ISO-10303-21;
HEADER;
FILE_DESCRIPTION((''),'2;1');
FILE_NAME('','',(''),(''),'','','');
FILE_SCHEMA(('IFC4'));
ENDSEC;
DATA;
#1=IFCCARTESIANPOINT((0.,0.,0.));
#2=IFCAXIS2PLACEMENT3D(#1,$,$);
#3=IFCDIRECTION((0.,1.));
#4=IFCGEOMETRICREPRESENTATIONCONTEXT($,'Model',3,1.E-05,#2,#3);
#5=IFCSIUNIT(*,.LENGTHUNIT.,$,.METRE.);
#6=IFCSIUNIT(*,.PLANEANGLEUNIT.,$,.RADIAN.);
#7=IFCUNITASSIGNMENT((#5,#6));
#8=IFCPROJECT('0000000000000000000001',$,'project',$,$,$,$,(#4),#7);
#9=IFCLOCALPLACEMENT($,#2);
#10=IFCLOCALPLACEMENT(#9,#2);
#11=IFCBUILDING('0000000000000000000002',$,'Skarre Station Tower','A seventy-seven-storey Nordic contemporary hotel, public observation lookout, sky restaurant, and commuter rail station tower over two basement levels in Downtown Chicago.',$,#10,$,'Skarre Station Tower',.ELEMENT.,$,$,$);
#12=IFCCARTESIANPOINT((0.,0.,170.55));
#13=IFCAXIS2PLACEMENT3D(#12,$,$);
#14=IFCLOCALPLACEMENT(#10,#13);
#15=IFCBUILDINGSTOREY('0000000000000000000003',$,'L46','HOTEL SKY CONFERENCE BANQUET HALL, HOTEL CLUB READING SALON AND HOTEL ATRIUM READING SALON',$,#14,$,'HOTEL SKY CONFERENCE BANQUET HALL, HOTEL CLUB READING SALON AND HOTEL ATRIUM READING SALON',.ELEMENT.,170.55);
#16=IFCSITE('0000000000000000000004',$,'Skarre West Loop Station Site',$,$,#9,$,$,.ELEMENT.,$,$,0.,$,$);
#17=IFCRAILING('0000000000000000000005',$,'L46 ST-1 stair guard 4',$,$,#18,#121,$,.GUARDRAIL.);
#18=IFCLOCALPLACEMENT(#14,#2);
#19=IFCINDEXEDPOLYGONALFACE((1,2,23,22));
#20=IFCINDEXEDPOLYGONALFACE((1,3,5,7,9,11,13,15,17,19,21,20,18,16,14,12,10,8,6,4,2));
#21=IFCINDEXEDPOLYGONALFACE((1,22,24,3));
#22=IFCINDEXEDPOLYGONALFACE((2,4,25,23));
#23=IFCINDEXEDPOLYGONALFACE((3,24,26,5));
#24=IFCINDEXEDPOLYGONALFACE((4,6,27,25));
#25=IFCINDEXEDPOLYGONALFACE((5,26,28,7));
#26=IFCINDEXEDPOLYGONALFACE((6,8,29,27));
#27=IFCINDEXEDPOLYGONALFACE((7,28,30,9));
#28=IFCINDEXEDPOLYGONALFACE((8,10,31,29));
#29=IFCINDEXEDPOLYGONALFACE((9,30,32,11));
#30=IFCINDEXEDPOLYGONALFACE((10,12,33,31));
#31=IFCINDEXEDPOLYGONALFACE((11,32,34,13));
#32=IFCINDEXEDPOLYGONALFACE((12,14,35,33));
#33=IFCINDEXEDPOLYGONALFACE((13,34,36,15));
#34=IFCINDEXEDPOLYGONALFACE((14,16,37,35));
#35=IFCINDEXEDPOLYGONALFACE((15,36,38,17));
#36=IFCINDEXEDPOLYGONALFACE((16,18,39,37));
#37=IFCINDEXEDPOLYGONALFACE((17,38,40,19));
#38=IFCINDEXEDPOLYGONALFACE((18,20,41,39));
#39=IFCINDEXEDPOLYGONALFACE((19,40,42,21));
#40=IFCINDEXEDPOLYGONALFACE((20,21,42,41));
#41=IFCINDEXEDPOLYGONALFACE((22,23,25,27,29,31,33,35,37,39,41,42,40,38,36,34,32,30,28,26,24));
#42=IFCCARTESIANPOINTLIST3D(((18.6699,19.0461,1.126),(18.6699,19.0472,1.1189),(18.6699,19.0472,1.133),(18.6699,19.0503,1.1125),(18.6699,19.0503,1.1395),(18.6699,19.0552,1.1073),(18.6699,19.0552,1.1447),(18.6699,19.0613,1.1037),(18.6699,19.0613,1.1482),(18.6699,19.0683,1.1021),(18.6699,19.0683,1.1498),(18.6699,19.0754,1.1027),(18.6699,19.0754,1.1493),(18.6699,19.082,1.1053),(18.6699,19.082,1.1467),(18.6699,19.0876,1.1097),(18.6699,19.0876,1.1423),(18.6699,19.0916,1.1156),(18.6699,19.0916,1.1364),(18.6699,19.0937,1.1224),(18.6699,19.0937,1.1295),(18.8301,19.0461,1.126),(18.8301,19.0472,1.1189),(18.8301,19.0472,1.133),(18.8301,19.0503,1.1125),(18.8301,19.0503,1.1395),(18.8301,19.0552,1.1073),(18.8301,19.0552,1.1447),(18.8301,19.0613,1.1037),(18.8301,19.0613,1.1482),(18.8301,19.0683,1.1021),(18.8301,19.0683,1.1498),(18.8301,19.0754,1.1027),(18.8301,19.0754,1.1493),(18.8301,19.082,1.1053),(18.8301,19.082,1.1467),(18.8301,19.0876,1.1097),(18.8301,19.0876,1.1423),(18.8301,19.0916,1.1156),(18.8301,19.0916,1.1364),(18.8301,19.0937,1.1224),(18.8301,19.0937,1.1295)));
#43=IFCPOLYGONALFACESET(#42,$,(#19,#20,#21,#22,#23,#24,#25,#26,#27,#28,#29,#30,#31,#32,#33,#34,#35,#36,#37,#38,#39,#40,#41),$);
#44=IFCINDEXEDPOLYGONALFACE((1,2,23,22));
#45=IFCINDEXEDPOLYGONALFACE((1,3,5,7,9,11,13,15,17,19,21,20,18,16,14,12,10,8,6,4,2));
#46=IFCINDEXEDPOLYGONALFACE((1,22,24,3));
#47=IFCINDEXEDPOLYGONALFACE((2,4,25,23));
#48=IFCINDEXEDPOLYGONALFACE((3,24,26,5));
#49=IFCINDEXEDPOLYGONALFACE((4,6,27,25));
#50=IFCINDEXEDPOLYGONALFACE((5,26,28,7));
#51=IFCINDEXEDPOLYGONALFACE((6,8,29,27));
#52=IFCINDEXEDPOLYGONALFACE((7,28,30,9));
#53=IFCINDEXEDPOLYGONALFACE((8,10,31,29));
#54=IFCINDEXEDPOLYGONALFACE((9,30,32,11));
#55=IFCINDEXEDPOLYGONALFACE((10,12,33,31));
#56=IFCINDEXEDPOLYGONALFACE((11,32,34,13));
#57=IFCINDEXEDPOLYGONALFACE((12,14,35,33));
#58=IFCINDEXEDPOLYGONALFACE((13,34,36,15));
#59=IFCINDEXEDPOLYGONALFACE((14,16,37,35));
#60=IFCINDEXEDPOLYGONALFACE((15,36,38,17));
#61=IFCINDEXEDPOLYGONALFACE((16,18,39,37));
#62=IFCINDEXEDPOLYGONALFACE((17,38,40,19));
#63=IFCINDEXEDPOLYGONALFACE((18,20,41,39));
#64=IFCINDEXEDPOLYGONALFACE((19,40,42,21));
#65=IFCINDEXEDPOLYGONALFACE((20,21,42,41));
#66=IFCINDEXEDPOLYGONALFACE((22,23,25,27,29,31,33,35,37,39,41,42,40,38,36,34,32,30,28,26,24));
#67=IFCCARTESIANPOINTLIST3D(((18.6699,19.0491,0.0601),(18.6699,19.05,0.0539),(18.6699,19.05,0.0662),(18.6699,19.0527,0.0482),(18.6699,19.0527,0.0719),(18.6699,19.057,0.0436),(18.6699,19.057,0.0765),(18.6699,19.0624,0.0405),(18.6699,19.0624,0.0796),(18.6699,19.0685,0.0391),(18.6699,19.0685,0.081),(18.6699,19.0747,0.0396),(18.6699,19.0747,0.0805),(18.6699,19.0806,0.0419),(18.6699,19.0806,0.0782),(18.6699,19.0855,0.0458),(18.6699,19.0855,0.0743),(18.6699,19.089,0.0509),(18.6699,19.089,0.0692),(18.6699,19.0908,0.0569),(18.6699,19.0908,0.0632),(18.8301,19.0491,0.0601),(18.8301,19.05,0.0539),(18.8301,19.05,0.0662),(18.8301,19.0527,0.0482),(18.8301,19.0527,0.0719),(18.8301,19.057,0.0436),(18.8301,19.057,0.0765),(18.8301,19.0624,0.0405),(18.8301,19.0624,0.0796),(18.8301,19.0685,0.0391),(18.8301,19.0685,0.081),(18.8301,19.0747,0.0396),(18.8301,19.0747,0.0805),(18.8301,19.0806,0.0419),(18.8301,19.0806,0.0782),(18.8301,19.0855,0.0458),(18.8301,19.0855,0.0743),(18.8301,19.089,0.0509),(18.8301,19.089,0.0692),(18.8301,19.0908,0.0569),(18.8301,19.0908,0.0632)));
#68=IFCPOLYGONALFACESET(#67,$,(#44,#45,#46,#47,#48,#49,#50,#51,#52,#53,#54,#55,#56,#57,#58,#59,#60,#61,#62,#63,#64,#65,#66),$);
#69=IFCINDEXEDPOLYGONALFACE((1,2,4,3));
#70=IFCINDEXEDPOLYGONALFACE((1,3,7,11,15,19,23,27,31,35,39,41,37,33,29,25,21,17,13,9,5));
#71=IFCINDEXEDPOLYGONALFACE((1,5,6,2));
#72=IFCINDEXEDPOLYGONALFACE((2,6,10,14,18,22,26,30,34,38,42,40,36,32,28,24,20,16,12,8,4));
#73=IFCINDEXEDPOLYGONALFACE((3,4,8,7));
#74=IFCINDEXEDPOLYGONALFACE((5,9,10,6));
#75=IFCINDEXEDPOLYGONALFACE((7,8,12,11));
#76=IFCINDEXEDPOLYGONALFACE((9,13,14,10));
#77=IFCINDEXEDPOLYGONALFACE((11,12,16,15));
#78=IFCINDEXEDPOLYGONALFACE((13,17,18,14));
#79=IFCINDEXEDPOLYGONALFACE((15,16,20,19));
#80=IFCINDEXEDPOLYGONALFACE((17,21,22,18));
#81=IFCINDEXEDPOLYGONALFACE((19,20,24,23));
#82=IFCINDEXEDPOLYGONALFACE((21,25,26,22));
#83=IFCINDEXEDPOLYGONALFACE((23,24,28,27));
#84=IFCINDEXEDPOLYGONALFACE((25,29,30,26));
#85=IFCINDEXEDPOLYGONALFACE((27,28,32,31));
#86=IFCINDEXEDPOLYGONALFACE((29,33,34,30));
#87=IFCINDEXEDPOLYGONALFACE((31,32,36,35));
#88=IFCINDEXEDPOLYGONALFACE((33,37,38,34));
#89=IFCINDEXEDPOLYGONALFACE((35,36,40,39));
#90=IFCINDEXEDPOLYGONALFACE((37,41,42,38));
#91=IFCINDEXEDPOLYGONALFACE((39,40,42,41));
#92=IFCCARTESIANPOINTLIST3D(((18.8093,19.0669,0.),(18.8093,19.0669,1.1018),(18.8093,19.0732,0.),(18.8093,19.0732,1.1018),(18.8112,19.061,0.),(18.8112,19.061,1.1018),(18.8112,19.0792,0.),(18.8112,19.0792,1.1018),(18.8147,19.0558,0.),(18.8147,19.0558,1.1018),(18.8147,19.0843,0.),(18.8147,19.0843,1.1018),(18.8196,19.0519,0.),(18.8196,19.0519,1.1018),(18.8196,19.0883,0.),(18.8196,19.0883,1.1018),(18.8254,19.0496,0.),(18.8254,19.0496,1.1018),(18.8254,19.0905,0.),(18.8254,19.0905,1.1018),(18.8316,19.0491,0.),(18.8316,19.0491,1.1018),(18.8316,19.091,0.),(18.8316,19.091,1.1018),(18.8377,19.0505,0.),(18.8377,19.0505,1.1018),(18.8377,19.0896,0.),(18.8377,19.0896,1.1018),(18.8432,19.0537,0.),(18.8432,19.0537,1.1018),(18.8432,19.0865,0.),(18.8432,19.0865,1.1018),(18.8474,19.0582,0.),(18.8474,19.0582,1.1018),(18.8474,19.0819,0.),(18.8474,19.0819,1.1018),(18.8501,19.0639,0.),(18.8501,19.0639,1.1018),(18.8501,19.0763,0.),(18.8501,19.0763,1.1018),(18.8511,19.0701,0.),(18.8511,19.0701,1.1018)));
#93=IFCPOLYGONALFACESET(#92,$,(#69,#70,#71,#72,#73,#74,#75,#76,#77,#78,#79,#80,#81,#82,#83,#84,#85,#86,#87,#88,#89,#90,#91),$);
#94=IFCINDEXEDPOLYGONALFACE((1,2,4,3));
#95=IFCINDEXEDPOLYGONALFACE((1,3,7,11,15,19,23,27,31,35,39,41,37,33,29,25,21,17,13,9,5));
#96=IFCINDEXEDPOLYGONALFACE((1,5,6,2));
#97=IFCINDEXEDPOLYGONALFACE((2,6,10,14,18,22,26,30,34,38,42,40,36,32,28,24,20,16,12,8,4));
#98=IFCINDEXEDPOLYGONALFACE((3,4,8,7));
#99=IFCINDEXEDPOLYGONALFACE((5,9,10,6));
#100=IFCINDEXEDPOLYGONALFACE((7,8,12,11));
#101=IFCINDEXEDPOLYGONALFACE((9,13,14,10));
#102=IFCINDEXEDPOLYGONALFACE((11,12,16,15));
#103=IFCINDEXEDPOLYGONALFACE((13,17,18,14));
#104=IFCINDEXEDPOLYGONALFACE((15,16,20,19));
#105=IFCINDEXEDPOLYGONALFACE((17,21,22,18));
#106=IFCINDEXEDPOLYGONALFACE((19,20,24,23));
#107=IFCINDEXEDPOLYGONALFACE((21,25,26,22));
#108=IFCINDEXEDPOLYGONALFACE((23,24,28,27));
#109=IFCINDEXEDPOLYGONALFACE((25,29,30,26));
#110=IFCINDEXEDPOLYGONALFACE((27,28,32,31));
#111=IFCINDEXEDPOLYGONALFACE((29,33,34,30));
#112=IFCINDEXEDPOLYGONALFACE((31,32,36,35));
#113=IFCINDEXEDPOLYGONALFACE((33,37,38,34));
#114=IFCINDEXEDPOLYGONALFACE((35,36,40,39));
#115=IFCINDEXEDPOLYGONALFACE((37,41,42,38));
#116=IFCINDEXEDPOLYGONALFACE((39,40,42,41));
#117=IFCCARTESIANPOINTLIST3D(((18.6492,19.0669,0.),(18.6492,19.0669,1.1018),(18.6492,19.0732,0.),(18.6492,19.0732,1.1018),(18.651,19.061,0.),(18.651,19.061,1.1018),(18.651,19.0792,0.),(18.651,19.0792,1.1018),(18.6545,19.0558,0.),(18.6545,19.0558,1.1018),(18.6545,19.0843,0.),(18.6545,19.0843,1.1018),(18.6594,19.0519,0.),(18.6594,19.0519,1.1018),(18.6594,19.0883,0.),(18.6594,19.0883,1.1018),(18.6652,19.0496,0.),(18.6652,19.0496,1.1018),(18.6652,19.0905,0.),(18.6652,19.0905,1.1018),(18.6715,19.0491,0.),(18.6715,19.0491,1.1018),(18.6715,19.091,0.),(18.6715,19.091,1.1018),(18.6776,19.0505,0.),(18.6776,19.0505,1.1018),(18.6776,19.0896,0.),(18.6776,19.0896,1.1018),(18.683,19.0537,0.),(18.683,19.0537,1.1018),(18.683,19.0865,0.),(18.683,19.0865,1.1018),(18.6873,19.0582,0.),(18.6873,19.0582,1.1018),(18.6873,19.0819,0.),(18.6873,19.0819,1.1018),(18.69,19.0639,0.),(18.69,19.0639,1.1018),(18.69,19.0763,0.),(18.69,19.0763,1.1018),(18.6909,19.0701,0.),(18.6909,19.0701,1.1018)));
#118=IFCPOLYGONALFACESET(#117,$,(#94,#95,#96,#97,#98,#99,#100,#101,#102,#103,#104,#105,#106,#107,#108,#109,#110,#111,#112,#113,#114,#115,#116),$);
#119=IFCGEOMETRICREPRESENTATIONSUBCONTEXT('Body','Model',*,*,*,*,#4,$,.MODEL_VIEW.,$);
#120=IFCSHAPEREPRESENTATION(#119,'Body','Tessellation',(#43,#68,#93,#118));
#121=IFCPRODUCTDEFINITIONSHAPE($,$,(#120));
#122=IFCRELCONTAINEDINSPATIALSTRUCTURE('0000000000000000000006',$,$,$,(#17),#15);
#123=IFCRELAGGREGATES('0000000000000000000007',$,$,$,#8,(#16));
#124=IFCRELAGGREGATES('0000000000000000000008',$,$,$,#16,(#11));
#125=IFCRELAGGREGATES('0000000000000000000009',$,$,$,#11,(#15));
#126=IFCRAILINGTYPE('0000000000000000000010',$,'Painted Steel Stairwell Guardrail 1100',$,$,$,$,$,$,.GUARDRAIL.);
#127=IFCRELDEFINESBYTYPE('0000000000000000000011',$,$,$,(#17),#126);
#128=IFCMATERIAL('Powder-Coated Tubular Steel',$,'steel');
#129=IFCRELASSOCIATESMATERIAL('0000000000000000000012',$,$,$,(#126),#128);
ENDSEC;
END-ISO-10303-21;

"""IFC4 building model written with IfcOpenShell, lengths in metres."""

from ifc_helpers import new_model, si_unit, direction, frame, origin, origin_2d, place, context, subcontext, project, spatial, circle, extrude, material, type_object, element, save


model = new_model("IFC4")

# Units and contexts
model_context = context("Model", 3, precision=1e-05, world=origin(), true_north=direction((0.0, 1.0)))
body_context = subcontext(model_context, "Body", "Model", "MODEL_VIEW")
ifc_project = project(units=[si_unit("LENGTHUNIT", "METRE"), si_unit("PLANEANGLEUNIT", "RADIAN")], contexts=[model_context])

# Site, building, storey
site_placement = place(None, origin())
site = spatial("IfcSite", under=ifc_project, at=site_placement, Name="Skarre West Loop Station Site", CompositionType="ELEMENT", RefElevation=0.0)
building_placement = place(site_placement, origin())
building = spatial("IfcBuilding", under=site, at=building_placement, Name="Skarre Station Tower", Description="A seventy-seven-storey Nordic contemporary hotel, public observation lookout, sky restaurant, and commuter rail station tower over two basement levels in Downtown Chicago.", LongName="Skarre Station Tower", CompositionType="ELEMENT")
storey_placement = place(building_placement, frame((0.0, 0.0, 170.55)))
storey = spatial("IfcBuildingStorey", under=building, at=storey_placement, Name="L46", Description="HOTEL SKY CONFERENCE BANQUET HALL, HOTEL CLUB READING SALON AND HOTEL ATRIUM READING SALON", LongName="HOTEL SKY CONFERENCE BANQUET HALL, HOTEL CLUB READING SALON AND HOTEL ATRIUM READING SALON", CompositionType="ELEMENT", Elevation=170.55)

# Railing
ifc_material_1 = material(Name="Powder-Coated Tubular Steel", Category="steel")
railing_type = type_object("IfcRailingType", Name="Painted Steel Stairwell Guardrail 1100", PredefinedType="GUARDRAIL", material=ifc_material_1)
railing_1_placement = place(storey_placement, frame((18.8301, 19.0701, 0.0)))
element("IfcRailing", 1, at=railing_1_placement, inside=storey, type_object=railing_type, Name="L46 ST-1 stair guard 4", PredefinedType="GUARDRAIL", context=body_context, shape_type="SweptSolid", body=[
    extrude(circle(Radius=0.0239, at=origin_2d()), frame((0.0, 0.0, 1.126), z_axis=(-1.0, 0.0, 0.0), x_axis=(0.0, -1.0, 0.0)), (0.0, 0.0, 1.0), 0.1602),
    extrude(circle(Radius=0.021, at=origin_2d()), frame((0.0, 0.0, 0.0601), z_axis=(-1.0, 0.0, 0.0), x_axis=(0.0, -1.0, 0.0)), (0.0, 0.0, 1.0), 0.1602),
    extrude(circle(Radius=0.021, at=origin_2d()), origin(), (0.0, 0.0, 1.0), 1.1018),
    extrude(circle(Radius=0.021, at=origin_2d()), frame((-0.1602, 0.0, 0.0)), (0.0, 0.0, 1.0), 1.1018),
])

save(model, "model.ifc")
